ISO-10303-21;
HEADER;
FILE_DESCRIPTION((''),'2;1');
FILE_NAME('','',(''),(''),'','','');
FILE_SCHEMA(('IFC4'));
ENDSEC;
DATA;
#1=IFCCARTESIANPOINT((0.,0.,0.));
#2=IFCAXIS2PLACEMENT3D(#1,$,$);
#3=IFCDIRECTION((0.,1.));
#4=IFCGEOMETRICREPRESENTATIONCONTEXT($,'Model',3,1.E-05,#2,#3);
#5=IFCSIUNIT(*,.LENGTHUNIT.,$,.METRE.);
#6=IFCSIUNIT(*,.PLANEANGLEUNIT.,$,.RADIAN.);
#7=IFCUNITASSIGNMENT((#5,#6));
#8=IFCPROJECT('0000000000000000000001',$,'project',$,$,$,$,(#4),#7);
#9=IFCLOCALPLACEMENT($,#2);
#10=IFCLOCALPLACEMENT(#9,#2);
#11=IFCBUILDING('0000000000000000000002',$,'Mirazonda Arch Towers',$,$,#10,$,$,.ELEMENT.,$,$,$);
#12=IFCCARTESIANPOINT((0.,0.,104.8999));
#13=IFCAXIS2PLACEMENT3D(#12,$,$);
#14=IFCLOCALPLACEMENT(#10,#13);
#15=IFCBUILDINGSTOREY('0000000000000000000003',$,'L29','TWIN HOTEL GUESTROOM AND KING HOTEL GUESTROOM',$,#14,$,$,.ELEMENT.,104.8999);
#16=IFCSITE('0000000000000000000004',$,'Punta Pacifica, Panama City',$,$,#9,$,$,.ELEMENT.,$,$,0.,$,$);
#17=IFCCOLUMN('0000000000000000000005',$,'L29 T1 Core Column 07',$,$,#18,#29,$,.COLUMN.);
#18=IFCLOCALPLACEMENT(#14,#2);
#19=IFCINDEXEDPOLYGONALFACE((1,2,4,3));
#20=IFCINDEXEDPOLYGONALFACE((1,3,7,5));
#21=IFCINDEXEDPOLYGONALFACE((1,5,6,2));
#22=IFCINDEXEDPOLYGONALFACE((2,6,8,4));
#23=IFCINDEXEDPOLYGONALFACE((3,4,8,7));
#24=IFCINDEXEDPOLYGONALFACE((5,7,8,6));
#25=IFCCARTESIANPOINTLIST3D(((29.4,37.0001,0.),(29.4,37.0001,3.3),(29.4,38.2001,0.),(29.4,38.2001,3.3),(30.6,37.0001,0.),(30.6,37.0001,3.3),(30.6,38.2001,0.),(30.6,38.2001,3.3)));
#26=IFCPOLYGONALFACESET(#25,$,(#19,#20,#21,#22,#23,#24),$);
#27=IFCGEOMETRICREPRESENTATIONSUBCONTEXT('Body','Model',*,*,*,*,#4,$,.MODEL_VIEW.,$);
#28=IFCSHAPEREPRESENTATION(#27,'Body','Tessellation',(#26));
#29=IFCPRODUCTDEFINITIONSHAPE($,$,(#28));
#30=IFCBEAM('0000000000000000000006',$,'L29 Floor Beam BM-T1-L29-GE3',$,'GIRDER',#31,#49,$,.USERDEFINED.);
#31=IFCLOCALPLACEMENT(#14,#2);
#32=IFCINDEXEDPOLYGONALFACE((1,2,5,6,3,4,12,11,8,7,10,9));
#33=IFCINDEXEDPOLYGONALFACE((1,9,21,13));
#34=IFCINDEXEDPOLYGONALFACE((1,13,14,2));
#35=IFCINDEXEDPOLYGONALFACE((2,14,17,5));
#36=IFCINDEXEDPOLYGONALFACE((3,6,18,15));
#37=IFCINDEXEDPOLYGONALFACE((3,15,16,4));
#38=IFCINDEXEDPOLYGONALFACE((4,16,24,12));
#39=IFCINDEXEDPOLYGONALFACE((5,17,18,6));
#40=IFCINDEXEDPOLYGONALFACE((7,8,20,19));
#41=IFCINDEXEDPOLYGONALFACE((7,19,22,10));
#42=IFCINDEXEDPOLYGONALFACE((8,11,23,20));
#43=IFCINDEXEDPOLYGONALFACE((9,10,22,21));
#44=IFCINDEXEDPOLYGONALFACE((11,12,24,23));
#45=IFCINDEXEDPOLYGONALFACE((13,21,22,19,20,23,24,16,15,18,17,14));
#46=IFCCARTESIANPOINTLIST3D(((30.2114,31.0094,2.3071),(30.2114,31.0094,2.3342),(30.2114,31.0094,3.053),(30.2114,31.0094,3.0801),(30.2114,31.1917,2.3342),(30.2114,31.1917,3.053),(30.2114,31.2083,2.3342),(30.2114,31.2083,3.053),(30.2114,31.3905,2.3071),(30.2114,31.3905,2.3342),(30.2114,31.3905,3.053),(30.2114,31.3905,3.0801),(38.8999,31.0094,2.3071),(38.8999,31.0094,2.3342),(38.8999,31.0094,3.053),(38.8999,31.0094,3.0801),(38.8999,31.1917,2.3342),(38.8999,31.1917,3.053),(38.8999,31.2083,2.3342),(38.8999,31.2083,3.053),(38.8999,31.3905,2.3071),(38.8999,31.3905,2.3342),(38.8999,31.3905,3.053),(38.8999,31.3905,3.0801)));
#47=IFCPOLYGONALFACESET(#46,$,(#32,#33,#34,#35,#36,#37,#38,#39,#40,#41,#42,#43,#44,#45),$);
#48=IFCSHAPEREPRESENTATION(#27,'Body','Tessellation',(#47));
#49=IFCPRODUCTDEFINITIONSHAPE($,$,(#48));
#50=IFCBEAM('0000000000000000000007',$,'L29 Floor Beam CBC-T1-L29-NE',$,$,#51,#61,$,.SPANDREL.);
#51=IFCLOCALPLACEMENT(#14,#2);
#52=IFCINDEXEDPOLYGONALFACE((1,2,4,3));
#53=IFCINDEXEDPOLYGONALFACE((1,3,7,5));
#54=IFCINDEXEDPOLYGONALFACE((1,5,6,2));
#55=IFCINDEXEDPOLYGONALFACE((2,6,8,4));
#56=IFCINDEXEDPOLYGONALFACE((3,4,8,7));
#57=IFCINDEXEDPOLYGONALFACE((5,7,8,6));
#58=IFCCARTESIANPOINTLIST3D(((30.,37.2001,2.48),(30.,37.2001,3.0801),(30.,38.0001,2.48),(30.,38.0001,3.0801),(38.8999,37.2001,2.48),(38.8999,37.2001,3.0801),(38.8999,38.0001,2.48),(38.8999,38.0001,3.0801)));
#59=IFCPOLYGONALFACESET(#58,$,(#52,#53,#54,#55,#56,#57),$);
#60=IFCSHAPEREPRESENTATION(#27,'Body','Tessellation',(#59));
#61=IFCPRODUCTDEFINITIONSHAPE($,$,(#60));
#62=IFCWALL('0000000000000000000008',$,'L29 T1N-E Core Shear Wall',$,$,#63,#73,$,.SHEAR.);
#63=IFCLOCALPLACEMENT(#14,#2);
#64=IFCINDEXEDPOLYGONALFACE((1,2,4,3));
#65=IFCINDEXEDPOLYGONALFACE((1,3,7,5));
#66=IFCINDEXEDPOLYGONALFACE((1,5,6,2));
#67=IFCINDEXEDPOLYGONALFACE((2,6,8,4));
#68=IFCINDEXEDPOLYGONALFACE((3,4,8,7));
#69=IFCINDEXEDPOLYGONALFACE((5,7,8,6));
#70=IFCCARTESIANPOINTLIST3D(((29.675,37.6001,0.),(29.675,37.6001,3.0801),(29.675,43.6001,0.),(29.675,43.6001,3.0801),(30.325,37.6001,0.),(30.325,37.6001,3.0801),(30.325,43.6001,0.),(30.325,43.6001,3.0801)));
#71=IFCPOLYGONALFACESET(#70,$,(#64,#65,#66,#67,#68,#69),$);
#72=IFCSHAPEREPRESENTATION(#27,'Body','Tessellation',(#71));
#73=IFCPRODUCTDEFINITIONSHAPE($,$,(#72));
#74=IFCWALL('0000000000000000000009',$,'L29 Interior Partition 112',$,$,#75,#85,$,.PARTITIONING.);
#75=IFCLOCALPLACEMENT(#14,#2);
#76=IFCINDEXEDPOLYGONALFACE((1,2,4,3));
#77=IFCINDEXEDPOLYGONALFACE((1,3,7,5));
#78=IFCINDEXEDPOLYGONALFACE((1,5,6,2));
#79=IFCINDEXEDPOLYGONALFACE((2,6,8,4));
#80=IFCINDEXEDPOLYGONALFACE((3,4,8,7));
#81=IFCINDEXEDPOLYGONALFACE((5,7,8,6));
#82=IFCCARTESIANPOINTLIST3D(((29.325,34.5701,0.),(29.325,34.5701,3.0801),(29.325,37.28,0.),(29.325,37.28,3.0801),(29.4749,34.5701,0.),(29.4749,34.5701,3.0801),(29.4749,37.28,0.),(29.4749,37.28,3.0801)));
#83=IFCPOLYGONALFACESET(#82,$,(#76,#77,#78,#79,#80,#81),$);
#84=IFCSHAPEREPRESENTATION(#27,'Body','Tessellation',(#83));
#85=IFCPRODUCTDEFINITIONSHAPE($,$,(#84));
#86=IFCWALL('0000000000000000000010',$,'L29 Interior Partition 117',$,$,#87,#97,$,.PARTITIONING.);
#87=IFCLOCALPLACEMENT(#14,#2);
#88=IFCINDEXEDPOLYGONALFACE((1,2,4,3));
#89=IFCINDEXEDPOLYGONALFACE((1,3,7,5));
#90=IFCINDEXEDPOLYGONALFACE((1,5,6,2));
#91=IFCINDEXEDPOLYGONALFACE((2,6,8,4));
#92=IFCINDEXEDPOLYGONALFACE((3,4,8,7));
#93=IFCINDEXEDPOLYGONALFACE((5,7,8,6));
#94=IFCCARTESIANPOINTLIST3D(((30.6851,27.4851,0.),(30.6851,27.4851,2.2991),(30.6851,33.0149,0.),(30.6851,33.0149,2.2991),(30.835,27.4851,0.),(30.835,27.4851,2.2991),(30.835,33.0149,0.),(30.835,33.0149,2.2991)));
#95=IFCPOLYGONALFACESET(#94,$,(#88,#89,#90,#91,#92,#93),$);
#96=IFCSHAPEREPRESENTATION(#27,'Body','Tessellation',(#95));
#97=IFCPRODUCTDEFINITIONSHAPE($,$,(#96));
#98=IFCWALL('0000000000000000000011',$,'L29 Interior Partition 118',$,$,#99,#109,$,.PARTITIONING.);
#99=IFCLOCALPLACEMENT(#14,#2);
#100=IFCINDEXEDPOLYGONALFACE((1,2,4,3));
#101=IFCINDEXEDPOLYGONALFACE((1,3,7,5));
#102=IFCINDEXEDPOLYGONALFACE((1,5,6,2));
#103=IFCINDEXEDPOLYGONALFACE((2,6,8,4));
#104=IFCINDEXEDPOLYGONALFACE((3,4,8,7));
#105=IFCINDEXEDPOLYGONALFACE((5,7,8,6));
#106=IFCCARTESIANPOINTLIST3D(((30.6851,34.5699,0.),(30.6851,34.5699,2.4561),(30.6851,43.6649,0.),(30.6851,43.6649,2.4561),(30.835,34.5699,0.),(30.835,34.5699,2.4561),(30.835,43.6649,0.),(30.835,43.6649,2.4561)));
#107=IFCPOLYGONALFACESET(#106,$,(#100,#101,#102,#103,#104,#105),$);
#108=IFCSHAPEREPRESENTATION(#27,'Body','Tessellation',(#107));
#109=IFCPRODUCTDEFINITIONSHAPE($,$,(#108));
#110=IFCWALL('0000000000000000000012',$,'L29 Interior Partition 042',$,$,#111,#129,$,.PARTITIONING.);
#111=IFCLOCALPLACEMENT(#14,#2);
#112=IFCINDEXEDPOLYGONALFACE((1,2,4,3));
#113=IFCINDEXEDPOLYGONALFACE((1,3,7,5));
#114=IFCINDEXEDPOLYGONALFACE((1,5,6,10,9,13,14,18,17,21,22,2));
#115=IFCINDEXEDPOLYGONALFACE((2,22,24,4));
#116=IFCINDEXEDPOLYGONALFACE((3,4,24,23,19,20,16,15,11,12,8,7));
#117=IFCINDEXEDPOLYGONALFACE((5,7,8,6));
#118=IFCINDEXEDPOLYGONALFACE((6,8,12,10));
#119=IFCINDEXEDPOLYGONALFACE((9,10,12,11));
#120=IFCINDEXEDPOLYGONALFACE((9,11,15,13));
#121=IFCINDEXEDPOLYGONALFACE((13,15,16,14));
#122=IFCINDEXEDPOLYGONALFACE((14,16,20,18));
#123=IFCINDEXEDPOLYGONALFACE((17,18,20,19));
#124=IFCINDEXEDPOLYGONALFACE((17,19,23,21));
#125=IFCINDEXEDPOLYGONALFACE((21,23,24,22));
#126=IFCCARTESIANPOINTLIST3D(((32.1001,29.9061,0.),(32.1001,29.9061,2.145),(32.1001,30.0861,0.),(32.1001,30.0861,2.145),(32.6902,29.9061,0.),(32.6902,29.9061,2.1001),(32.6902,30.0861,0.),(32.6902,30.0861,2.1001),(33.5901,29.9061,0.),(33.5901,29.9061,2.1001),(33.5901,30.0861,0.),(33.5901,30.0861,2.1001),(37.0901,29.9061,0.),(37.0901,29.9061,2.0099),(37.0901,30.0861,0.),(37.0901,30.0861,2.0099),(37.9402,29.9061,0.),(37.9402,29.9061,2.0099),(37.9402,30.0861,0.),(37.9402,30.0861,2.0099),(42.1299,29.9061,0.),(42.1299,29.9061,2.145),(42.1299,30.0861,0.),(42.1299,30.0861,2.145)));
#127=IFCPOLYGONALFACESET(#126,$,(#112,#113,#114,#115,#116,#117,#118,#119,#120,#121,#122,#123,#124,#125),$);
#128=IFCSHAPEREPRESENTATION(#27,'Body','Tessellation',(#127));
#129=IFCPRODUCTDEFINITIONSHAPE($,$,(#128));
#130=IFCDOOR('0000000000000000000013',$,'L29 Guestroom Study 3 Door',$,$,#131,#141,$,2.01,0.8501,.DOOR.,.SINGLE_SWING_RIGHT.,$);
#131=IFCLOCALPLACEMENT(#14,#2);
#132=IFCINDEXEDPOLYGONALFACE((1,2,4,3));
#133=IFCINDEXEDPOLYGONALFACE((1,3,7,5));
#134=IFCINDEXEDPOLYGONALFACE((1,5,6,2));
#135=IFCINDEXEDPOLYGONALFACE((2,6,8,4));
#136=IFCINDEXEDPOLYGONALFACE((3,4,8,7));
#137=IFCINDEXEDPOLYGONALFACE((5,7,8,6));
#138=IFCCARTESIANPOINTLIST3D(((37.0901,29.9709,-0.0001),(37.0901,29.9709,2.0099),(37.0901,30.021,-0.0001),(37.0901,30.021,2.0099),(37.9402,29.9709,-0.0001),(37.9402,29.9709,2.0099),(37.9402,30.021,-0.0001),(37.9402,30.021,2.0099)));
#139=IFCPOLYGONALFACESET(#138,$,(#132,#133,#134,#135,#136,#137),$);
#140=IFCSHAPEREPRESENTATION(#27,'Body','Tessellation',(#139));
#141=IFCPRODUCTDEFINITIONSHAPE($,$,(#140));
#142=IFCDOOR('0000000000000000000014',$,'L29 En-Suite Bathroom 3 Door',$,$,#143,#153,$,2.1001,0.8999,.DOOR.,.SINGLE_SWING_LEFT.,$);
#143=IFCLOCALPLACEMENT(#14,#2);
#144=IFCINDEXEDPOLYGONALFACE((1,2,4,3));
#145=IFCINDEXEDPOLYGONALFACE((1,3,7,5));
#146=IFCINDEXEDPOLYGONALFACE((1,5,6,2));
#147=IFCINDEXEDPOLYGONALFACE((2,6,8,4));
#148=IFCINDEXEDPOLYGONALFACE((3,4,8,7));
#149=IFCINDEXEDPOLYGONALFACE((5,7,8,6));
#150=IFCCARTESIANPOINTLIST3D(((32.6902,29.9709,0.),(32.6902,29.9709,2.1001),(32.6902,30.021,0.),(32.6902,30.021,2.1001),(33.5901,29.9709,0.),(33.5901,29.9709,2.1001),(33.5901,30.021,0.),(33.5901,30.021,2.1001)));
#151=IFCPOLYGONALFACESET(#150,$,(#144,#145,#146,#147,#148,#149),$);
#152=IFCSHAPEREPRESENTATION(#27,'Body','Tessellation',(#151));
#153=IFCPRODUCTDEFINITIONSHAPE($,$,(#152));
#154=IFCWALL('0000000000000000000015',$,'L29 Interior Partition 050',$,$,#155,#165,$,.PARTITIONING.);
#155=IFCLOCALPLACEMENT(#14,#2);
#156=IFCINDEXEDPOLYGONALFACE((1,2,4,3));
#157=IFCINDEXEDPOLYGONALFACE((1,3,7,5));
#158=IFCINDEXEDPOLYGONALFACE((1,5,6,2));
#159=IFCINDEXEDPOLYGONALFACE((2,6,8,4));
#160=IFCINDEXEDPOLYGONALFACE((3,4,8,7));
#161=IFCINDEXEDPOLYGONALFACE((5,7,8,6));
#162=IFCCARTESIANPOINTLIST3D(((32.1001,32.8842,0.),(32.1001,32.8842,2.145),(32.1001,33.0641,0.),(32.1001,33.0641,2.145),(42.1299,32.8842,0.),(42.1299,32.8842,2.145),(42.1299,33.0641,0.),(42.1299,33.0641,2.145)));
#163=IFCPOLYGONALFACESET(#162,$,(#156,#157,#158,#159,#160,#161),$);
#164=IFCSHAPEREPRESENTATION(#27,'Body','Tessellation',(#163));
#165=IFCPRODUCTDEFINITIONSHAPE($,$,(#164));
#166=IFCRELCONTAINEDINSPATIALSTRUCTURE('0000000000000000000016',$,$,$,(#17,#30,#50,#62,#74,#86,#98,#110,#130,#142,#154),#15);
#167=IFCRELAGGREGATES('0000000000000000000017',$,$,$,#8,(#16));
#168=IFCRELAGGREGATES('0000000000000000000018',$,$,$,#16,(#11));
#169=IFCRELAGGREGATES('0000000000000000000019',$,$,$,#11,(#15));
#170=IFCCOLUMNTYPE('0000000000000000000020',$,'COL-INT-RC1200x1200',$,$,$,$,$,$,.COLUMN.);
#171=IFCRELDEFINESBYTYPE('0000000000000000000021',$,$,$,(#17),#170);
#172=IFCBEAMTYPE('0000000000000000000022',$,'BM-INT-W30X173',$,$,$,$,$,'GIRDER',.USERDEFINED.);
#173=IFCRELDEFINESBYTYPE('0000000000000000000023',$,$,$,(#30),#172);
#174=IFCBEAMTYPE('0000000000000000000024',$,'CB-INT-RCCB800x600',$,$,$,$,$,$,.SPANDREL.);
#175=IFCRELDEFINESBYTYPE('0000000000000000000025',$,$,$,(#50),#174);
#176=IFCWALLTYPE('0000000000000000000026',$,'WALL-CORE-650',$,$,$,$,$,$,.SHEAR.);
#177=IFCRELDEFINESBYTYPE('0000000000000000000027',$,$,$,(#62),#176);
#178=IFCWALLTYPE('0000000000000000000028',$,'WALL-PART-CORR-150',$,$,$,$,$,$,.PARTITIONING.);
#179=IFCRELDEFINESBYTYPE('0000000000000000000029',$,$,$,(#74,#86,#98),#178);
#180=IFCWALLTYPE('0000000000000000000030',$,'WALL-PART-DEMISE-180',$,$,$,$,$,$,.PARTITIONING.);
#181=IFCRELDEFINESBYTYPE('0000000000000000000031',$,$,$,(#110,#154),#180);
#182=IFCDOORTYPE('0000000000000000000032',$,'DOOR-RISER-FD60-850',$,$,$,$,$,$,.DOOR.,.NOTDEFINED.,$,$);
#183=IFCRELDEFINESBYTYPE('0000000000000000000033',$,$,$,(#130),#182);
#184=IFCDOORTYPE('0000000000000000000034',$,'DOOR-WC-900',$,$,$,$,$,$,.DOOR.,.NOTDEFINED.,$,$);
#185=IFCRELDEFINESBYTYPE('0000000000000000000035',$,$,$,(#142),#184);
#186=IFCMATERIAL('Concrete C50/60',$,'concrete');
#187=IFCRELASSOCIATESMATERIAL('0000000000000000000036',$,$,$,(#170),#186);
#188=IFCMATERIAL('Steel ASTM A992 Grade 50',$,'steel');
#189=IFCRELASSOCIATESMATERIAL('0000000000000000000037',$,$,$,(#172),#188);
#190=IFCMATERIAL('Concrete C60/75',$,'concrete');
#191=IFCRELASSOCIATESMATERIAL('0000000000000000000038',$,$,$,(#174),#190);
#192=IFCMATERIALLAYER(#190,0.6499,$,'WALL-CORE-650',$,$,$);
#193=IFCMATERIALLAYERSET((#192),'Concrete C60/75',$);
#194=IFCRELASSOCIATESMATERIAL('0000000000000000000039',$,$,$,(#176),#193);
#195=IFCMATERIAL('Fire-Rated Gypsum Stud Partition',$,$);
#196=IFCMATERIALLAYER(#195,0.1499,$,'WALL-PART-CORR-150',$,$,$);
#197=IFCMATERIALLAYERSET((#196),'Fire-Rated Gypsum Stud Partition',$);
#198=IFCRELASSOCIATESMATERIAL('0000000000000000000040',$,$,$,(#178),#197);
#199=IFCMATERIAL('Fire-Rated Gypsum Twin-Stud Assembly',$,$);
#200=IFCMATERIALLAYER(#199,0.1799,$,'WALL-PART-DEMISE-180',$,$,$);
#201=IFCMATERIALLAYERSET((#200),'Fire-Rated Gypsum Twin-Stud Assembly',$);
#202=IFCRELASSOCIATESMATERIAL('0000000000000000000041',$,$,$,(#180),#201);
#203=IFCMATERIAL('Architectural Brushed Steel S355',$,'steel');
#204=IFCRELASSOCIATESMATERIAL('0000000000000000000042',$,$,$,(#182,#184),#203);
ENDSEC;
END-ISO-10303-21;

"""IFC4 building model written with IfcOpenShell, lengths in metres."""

from ifc_helpers import new_model, si_unit, direction, frame, frame_2d, origin, origin_2d, place, context, subcontext, project, spatial, rectangle, i_section, extrude, material, layer, layer_set, material_profile, profile_set, type_object, element, fill, save


model = new_model("IFC4")

# Units and contexts
model_context = context("Model", 3, precision=1e-05, world=origin(), true_north=direction((0.0, 1.0)))
body_context = subcontext(model_context, "Body", "Model", "MODEL_VIEW")
ifc_project = project(units=[si_unit("LENGTHUNIT", "METRE"), si_unit("PLANEANGLEUNIT", "RADIAN")], contexts=[model_context])

# Site, building, storey
site_placement = place(None, origin())
site = spatial("IfcSite", under=ifc_project, at=site_placement, Name="Punta Pacifica, Panama City", CompositionType="ELEMENT", RefElevation=0.0)
building_placement = place(site_placement, origin())
building = spatial("IfcBuilding", under=site, at=building_placement, Name="Mirazonda Arch Towers", CompositionType="ELEMENT")
storey_placement = place(building_placement, frame((0.0, 0.0, 104.8999)))
storey = spatial("IfcBuildingStorey", under=building, at=storey_placement, Name="L29", Description="TWIN HOTEL GUESTROOM AND KING HOTEL GUESTROOM", CompositionType="ELEMENT", Elevation=104.8999)

# Column
ifc_material_1 = material(Name="Concrete C50/60", Category="concrete")
ifc_material_profile_1 = material_profile(ifc_material_1, rectangle(XDim=1.2, YDim=1.2, at=origin_2d()), Name="RC1200x1200")
ifc_profile_set_1 = profile_set([ifc_material_profile_1], Name="Concrete C50/60")
column_type = type_object("IfcColumnType", Name="COL-INT-RC1200x1200", PredefinedType="COLUMN", material=ifc_profile_set_1)
column_placement = place(storey_placement, frame((30.0, 37.6001, 0.0), z_axis=(0.0, 0.0, 1.0), x_axis=(1.0, 0.0, 0.0)))
element("IfcColumn", 1, at=column_placement, inside=storey, type_object=column_type, Name="L29 T1 Core Column 07", PredefinedType="COLUMN", context=body_context, shape_type="SweptSolid", body=[
    extrude(rectangle(XDim=1.2, YDim=1.2, at=origin_2d()), origin(), (0.0, 0.0, 1.0), 3.3),
])

# Beams
ifc_material_2 = material(Name="Steel ASTM A992 Grade 50", Category="steel")
ifc_material_profile_2 = material_profile(ifc_material_2, i_section(OverallWidth=0.3811, OverallDepth=0.7729, WebThickness=0.0166, FlangeThickness=0.0271, at=origin_2d()), Name="W30X173")
ifc_profile_set_2 = profile_set([ifc_material_profile_2], Name="Steel ASTM A992 Grade 50")
beam_type_1 = type_object("IfcBeamType", Name="BM-INT-W30X173", ElementType="GIRDER", PredefinedType="USERDEFINED", material=ifc_profile_set_2)
beam_1_placement = place(storey_placement, frame((30.2114, 31.2, 2.6936), z_axis=(1.0, 0.0, 0.0), x_axis=(0.0, 1.0, 0.0)))
element("IfcBeam", 2, at=beam_1_placement, inside=storey, type_object=beam_type_1, Name="L29 Floor Beam BM-T1-L29-GE3", ObjectType="GIRDER", PredefinedType="USERDEFINED", context=body_context, shape_type="SweptSolid", body=[
    extrude(i_section(OverallWidth=0.3811, OverallDepth=0.7729, WebThickness=0.0166, FlangeThickness=0.0271, at=origin_2d()), origin(), (0.0, 0.0, 1.0), 8.6885),
])
ifc_material_3 = material(Name="Concrete C60/75", Category="concrete")
ifc_material_profile_3 = material_profile(ifc_material_3, rectangle(XDim=0.8, YDim=0.6001, at=origin_2d()), Name="RCCB800x600")
ifc_profile_set_3 = profile_set([ifc_material_profile_3], Name="Concrete C60/75")
beam_type_2 = type_object("IfcBeamType", Name="CB-INT-RCCB800x600", PredefinedType="SPANDREL", material=ifc_profile_set_3)
beam_2_placement = place(storey_placement, frame((30.0, 37.6001, 2.78), z_axis=(1.0, 0.0, 0.0), x_axis=(0.0, 1.0, 0.0)))
element("IfcBeam", 3, at=beam_2_placement, inside=storey, type_object=beam_type_2, Name="L29 Floor Beam CBC-T1-L29-NE", PredefinedType="SPANDREL", context=body_context, shape_type="SweptSolid", body=[
    extrude(rectangle(XDim=0.8, YDim=0.6001, at=origin_2d()), origin(), (0.0, 0.0, 1.0), 8.8999),
])

# Walls
ifc_layer_1 = layer(ifc_material_3, 0.6499, Name="WALL-CORE-650")
ifc_layer_set_1 = layer_set([ifc_layer_1], Name="Concrete C60/75")
wall_type_1 = type_object("IfcWallType", Name="WALL-CORE-650", PredefinedType="SHEAR", material=ifc_layer_set_1)
wall_1_placement = place(storey_placement, frame((30.0, 37.6001, 0.0), z_axis=(0.0, 0.0, 1.0), x_axis=(0.0, 1.0, 0.0)))
element("IfcWall", 4, at=wall_1_placement, inside=storey, type_object=wall_type_1, Name="L29 T1N-E Core Shear Wall", PredefinedType="SHEAR", context=body_context, shape_type="SweptSolid", body=[
    extrude(rectangle(XDim=6.0, YDim=0.6499, at=frame_2d((3.0, 0.0))), origin(), (0.0, 0.0, 1.0), 3.0801),
])
ifc_material_4 = material(Name="Fire-Rated Gypsum Stud Partition")
ifc_layer_2 = layer(ifc_material_4, 0.1499, Name="WALL-PART-CORR-150")
ifc_layer_set_2 = layer_set([ifc_layer_2], Name="Fire-Rated Gypsum Stud Partition")
wall_type_2 = type_object("IfcWallType", Name="WALL-PART-CORR-150", PredefinedType="PARTITIONING", material=ifc_layer_set_2)
wall_2_placement = place(storey_placement, frame((29.3999, 34.5701, 0.0), z_axis=(0.0, 0.0, 1.0), x_axis=(0.0, 1.0, 0.0)))
element("IfcWall", 5, at=wall_2_placement, inside=storey, type_object=wall_type_2, Name="L29 Interior Partition 112", PredefinedType="PARTITIONING", context=body_context, shape_type="SweptSolid", body=[
    extrude(rectangle(XDim=2.71, YDim=0.1499, at=frame_2d((1.355, 0.0))), origin(), (0.0, 0.0, 1.0), 3.0801),
])
wall_3_placement = place(storey_placement, frame((30.76, 27.4851, 0.0), z_axis=(0.0, 0.0, 1.0), x_axis=(0.0, 1.0, 0.0)))
element("IfcWall", 6, at=wall_3_placement, inside=storey, type_object=wall_type_2, Name="L29 Interior Partition 117", PredefinedType="PARTITIONING", context=body_context, shape_type="SweptSolid", body=[
    extrude(rectangle(XDim=5.5298, YDim=0.1499, at=frame_2d((2.7649, 0.0))), origin(), (0.0, 0.0, 1.0), 2.2991),
])
wall_4_placement = place(storey_placement, frame((30.76, 34.5701, 0.0), z_axis=(0.0, 0.0, 1.0), x_axis=(0.0, 1.0, 0.0)))
element("IfcWall", 7, at=wall_4_placement, inside=storey, type_object=wall_type_2, Name="L29 Interior Partition 118", PredefinedType="PARTITIONING", context=body_context, shape_type="SweptSolid", body=[
    extrude(rectangle(XDim=9.095, YDim=0.1499, at=frame_2d((4.5474, 0.0))), origin(), (0.0, 0.0, 1.0), 2.4561),
])

# Wall, openings, doors
ifc_material_5 = material(Name="Fire-Rated Gypsum Twin-Stud Assembly")
ifc_layer_3 = layer(ifc_material_5, 0.1799, Name="WALL-PART-DEMISE-180")
ifc_layer_set_3 = layer_set([ifc_layer_3], Name="Fire-Rated Gypsum Twin-Stud Assembly")
wall_type_3 = type_object("IfcWallType", Name="WALL-PART-DEMISE-180", PredefinedType="PARTITIONING", material=ifc_layer_set_3)
wall_5_placement = place(storey_placement, frame((32.1001, 29.9961, 0.0), z_axis=(0.0, 0.0, 1.0), x_axis=(1.0, 0.0, 0.0)))
wall_5 = element("IfcWall", 8, at=wall_5_placement, inside=storey, type_object=wall_type_3, Name="L29 Interior Partition 042", PredefinedType="PARTITIONING", context=body_context, shape_type="SweptSolid", body=[
    extrude(rectangle(XDim=10.0298, YDim=0.1799, at=frame_2d((5.0149, 0.0))), origin(), (0.0, 0.0, 1.0), 2.145),
])
opening_1_placement = place(wall_5_placement, frame((4.99, 0.0, 0.0)))
opening_1 = element("IfcOpeningElement", 9, at=opening_1_placement, cuts=wall_5, PredefinedType="OPENING", context=body_context, shape_type="SweptSolid", body=[
    extrude(rectangle(XDim=0.8501, YDim=2.01, at=frame_2d((0.425, 1.0049))), frame((0.0, 0.0999, 0.0), z_axis=(0.0, -1.0, 0.0), x_axis=(1.0, 0.0, 0.0)), (0.0, 0.0, 1.0), 0.2),
])
opening_2_placement = place(wall_5_placement, frame((0.5901, 0.0, 0.0)))
opening_2 = element("IfcOpeningElement", 10, at=opening_2_placement, cuts=wall_5, PredefinedType="OPENING", context=body_context, shape_type="SweptSolid", body=[
    extrude(rectangle(XDim=0.8999, YDim=2.1001, at=frame_2d((0.45, 1.05))), frame((0.0, 0.0999, 0.0), z_axis=(0.0, -1.0, 0.0), x_axis=(1.0, 0.0, 0.0)), (0.0, 0.0, 1.0), 0.2),
])
ifc_material_6 = material(Name="Architectural Brushed Steel S355", Category="steel")
door_type_1 = type_object("IfcDoorType", Name="DOOR-RISER-FD60-850", OperationType="NOTDEFINED", PredefinedType="DOOR", material=ifc_material_6)
door_1_placement = place(opening_1_placement, origin())
door_1 = element("IfcDoor", 11, at=door_1_placement, inside=storey, type_object=door_type_1, Name="L29 Guestroom Study 3 Door", OperationType="SINGLE_SWING_RIGHT", OverallHeight=2.01, OverallWidth=0.8501, PredefinedType="DOOR", context=body_context, shape_type="SweptSolid", body=[
    extrude(rectangle(XDim=0.8501, YDim=2.01, at=frame_2d((0.425, 1.0049))), frame((0.0, 0.0249, 0.0), z_axis=(0.0, -1.0, 0.0), x_axis=(1.0, 0.0, 0.0)), (0.0, 0.0, 1.0), 0.05),
])
fill(opening_1, door_1)
door_type_2 = type_object("IfcDoorType", Name="DOOR-WC-900", OperationType="NOTDEFINED", PredefinedType="DOOR", material=ifc_material_6)
door_2_placement = place(opening_2_placement, origin())
door_2 = element("IfcDoor", 12, at=door_2_placement, inside=storey, type_object=door_type_2, Name="L29 En-Suite Bathroom 3 Door", OperationType="SINGLE_SWING_LEFT", OverallHeight=2.1001, OverallWidth=0.8999, PredefinedType="DOOR", context=body_context, shape_type="SweptSolid", body=[
    extrude(rectangle(XDim=0.8999, YDim=2.1001, at=frame_2d((0.45, 1.05))), frame((0.0, 0.0249, 0.0), z_axis=(0.0, -1.0, 0.0), x_axis=(1.0, 0.0, 0.0)), (0.0, 0.0, 1.0), 0.05),
])
fill(opening_2, door_2)

# Wall
wall_6_placement = place(storey_placement, frame((32.1001, 32.9741, 0.0), z_axis=(0.0, 0.0, 1.0), x_axis=(1.0, 0.0, 0.0)))
element("IfcWall", 13, at=wall_6_placement, inside=storey, type_object=wall_type_3, Name="L29 Interior Partition 050", PredefinedType="PARTITIONING", context=body_context, shape_type="SweptSolid", body=[
    extrude(rectangle(XDim=10.0298, YDim=0.1799, at=frame_2d((5.0149, 0.0))), origin(), (0.0, 0.0, 1.0), 2.145),
])

save(model, "model.ifc")
